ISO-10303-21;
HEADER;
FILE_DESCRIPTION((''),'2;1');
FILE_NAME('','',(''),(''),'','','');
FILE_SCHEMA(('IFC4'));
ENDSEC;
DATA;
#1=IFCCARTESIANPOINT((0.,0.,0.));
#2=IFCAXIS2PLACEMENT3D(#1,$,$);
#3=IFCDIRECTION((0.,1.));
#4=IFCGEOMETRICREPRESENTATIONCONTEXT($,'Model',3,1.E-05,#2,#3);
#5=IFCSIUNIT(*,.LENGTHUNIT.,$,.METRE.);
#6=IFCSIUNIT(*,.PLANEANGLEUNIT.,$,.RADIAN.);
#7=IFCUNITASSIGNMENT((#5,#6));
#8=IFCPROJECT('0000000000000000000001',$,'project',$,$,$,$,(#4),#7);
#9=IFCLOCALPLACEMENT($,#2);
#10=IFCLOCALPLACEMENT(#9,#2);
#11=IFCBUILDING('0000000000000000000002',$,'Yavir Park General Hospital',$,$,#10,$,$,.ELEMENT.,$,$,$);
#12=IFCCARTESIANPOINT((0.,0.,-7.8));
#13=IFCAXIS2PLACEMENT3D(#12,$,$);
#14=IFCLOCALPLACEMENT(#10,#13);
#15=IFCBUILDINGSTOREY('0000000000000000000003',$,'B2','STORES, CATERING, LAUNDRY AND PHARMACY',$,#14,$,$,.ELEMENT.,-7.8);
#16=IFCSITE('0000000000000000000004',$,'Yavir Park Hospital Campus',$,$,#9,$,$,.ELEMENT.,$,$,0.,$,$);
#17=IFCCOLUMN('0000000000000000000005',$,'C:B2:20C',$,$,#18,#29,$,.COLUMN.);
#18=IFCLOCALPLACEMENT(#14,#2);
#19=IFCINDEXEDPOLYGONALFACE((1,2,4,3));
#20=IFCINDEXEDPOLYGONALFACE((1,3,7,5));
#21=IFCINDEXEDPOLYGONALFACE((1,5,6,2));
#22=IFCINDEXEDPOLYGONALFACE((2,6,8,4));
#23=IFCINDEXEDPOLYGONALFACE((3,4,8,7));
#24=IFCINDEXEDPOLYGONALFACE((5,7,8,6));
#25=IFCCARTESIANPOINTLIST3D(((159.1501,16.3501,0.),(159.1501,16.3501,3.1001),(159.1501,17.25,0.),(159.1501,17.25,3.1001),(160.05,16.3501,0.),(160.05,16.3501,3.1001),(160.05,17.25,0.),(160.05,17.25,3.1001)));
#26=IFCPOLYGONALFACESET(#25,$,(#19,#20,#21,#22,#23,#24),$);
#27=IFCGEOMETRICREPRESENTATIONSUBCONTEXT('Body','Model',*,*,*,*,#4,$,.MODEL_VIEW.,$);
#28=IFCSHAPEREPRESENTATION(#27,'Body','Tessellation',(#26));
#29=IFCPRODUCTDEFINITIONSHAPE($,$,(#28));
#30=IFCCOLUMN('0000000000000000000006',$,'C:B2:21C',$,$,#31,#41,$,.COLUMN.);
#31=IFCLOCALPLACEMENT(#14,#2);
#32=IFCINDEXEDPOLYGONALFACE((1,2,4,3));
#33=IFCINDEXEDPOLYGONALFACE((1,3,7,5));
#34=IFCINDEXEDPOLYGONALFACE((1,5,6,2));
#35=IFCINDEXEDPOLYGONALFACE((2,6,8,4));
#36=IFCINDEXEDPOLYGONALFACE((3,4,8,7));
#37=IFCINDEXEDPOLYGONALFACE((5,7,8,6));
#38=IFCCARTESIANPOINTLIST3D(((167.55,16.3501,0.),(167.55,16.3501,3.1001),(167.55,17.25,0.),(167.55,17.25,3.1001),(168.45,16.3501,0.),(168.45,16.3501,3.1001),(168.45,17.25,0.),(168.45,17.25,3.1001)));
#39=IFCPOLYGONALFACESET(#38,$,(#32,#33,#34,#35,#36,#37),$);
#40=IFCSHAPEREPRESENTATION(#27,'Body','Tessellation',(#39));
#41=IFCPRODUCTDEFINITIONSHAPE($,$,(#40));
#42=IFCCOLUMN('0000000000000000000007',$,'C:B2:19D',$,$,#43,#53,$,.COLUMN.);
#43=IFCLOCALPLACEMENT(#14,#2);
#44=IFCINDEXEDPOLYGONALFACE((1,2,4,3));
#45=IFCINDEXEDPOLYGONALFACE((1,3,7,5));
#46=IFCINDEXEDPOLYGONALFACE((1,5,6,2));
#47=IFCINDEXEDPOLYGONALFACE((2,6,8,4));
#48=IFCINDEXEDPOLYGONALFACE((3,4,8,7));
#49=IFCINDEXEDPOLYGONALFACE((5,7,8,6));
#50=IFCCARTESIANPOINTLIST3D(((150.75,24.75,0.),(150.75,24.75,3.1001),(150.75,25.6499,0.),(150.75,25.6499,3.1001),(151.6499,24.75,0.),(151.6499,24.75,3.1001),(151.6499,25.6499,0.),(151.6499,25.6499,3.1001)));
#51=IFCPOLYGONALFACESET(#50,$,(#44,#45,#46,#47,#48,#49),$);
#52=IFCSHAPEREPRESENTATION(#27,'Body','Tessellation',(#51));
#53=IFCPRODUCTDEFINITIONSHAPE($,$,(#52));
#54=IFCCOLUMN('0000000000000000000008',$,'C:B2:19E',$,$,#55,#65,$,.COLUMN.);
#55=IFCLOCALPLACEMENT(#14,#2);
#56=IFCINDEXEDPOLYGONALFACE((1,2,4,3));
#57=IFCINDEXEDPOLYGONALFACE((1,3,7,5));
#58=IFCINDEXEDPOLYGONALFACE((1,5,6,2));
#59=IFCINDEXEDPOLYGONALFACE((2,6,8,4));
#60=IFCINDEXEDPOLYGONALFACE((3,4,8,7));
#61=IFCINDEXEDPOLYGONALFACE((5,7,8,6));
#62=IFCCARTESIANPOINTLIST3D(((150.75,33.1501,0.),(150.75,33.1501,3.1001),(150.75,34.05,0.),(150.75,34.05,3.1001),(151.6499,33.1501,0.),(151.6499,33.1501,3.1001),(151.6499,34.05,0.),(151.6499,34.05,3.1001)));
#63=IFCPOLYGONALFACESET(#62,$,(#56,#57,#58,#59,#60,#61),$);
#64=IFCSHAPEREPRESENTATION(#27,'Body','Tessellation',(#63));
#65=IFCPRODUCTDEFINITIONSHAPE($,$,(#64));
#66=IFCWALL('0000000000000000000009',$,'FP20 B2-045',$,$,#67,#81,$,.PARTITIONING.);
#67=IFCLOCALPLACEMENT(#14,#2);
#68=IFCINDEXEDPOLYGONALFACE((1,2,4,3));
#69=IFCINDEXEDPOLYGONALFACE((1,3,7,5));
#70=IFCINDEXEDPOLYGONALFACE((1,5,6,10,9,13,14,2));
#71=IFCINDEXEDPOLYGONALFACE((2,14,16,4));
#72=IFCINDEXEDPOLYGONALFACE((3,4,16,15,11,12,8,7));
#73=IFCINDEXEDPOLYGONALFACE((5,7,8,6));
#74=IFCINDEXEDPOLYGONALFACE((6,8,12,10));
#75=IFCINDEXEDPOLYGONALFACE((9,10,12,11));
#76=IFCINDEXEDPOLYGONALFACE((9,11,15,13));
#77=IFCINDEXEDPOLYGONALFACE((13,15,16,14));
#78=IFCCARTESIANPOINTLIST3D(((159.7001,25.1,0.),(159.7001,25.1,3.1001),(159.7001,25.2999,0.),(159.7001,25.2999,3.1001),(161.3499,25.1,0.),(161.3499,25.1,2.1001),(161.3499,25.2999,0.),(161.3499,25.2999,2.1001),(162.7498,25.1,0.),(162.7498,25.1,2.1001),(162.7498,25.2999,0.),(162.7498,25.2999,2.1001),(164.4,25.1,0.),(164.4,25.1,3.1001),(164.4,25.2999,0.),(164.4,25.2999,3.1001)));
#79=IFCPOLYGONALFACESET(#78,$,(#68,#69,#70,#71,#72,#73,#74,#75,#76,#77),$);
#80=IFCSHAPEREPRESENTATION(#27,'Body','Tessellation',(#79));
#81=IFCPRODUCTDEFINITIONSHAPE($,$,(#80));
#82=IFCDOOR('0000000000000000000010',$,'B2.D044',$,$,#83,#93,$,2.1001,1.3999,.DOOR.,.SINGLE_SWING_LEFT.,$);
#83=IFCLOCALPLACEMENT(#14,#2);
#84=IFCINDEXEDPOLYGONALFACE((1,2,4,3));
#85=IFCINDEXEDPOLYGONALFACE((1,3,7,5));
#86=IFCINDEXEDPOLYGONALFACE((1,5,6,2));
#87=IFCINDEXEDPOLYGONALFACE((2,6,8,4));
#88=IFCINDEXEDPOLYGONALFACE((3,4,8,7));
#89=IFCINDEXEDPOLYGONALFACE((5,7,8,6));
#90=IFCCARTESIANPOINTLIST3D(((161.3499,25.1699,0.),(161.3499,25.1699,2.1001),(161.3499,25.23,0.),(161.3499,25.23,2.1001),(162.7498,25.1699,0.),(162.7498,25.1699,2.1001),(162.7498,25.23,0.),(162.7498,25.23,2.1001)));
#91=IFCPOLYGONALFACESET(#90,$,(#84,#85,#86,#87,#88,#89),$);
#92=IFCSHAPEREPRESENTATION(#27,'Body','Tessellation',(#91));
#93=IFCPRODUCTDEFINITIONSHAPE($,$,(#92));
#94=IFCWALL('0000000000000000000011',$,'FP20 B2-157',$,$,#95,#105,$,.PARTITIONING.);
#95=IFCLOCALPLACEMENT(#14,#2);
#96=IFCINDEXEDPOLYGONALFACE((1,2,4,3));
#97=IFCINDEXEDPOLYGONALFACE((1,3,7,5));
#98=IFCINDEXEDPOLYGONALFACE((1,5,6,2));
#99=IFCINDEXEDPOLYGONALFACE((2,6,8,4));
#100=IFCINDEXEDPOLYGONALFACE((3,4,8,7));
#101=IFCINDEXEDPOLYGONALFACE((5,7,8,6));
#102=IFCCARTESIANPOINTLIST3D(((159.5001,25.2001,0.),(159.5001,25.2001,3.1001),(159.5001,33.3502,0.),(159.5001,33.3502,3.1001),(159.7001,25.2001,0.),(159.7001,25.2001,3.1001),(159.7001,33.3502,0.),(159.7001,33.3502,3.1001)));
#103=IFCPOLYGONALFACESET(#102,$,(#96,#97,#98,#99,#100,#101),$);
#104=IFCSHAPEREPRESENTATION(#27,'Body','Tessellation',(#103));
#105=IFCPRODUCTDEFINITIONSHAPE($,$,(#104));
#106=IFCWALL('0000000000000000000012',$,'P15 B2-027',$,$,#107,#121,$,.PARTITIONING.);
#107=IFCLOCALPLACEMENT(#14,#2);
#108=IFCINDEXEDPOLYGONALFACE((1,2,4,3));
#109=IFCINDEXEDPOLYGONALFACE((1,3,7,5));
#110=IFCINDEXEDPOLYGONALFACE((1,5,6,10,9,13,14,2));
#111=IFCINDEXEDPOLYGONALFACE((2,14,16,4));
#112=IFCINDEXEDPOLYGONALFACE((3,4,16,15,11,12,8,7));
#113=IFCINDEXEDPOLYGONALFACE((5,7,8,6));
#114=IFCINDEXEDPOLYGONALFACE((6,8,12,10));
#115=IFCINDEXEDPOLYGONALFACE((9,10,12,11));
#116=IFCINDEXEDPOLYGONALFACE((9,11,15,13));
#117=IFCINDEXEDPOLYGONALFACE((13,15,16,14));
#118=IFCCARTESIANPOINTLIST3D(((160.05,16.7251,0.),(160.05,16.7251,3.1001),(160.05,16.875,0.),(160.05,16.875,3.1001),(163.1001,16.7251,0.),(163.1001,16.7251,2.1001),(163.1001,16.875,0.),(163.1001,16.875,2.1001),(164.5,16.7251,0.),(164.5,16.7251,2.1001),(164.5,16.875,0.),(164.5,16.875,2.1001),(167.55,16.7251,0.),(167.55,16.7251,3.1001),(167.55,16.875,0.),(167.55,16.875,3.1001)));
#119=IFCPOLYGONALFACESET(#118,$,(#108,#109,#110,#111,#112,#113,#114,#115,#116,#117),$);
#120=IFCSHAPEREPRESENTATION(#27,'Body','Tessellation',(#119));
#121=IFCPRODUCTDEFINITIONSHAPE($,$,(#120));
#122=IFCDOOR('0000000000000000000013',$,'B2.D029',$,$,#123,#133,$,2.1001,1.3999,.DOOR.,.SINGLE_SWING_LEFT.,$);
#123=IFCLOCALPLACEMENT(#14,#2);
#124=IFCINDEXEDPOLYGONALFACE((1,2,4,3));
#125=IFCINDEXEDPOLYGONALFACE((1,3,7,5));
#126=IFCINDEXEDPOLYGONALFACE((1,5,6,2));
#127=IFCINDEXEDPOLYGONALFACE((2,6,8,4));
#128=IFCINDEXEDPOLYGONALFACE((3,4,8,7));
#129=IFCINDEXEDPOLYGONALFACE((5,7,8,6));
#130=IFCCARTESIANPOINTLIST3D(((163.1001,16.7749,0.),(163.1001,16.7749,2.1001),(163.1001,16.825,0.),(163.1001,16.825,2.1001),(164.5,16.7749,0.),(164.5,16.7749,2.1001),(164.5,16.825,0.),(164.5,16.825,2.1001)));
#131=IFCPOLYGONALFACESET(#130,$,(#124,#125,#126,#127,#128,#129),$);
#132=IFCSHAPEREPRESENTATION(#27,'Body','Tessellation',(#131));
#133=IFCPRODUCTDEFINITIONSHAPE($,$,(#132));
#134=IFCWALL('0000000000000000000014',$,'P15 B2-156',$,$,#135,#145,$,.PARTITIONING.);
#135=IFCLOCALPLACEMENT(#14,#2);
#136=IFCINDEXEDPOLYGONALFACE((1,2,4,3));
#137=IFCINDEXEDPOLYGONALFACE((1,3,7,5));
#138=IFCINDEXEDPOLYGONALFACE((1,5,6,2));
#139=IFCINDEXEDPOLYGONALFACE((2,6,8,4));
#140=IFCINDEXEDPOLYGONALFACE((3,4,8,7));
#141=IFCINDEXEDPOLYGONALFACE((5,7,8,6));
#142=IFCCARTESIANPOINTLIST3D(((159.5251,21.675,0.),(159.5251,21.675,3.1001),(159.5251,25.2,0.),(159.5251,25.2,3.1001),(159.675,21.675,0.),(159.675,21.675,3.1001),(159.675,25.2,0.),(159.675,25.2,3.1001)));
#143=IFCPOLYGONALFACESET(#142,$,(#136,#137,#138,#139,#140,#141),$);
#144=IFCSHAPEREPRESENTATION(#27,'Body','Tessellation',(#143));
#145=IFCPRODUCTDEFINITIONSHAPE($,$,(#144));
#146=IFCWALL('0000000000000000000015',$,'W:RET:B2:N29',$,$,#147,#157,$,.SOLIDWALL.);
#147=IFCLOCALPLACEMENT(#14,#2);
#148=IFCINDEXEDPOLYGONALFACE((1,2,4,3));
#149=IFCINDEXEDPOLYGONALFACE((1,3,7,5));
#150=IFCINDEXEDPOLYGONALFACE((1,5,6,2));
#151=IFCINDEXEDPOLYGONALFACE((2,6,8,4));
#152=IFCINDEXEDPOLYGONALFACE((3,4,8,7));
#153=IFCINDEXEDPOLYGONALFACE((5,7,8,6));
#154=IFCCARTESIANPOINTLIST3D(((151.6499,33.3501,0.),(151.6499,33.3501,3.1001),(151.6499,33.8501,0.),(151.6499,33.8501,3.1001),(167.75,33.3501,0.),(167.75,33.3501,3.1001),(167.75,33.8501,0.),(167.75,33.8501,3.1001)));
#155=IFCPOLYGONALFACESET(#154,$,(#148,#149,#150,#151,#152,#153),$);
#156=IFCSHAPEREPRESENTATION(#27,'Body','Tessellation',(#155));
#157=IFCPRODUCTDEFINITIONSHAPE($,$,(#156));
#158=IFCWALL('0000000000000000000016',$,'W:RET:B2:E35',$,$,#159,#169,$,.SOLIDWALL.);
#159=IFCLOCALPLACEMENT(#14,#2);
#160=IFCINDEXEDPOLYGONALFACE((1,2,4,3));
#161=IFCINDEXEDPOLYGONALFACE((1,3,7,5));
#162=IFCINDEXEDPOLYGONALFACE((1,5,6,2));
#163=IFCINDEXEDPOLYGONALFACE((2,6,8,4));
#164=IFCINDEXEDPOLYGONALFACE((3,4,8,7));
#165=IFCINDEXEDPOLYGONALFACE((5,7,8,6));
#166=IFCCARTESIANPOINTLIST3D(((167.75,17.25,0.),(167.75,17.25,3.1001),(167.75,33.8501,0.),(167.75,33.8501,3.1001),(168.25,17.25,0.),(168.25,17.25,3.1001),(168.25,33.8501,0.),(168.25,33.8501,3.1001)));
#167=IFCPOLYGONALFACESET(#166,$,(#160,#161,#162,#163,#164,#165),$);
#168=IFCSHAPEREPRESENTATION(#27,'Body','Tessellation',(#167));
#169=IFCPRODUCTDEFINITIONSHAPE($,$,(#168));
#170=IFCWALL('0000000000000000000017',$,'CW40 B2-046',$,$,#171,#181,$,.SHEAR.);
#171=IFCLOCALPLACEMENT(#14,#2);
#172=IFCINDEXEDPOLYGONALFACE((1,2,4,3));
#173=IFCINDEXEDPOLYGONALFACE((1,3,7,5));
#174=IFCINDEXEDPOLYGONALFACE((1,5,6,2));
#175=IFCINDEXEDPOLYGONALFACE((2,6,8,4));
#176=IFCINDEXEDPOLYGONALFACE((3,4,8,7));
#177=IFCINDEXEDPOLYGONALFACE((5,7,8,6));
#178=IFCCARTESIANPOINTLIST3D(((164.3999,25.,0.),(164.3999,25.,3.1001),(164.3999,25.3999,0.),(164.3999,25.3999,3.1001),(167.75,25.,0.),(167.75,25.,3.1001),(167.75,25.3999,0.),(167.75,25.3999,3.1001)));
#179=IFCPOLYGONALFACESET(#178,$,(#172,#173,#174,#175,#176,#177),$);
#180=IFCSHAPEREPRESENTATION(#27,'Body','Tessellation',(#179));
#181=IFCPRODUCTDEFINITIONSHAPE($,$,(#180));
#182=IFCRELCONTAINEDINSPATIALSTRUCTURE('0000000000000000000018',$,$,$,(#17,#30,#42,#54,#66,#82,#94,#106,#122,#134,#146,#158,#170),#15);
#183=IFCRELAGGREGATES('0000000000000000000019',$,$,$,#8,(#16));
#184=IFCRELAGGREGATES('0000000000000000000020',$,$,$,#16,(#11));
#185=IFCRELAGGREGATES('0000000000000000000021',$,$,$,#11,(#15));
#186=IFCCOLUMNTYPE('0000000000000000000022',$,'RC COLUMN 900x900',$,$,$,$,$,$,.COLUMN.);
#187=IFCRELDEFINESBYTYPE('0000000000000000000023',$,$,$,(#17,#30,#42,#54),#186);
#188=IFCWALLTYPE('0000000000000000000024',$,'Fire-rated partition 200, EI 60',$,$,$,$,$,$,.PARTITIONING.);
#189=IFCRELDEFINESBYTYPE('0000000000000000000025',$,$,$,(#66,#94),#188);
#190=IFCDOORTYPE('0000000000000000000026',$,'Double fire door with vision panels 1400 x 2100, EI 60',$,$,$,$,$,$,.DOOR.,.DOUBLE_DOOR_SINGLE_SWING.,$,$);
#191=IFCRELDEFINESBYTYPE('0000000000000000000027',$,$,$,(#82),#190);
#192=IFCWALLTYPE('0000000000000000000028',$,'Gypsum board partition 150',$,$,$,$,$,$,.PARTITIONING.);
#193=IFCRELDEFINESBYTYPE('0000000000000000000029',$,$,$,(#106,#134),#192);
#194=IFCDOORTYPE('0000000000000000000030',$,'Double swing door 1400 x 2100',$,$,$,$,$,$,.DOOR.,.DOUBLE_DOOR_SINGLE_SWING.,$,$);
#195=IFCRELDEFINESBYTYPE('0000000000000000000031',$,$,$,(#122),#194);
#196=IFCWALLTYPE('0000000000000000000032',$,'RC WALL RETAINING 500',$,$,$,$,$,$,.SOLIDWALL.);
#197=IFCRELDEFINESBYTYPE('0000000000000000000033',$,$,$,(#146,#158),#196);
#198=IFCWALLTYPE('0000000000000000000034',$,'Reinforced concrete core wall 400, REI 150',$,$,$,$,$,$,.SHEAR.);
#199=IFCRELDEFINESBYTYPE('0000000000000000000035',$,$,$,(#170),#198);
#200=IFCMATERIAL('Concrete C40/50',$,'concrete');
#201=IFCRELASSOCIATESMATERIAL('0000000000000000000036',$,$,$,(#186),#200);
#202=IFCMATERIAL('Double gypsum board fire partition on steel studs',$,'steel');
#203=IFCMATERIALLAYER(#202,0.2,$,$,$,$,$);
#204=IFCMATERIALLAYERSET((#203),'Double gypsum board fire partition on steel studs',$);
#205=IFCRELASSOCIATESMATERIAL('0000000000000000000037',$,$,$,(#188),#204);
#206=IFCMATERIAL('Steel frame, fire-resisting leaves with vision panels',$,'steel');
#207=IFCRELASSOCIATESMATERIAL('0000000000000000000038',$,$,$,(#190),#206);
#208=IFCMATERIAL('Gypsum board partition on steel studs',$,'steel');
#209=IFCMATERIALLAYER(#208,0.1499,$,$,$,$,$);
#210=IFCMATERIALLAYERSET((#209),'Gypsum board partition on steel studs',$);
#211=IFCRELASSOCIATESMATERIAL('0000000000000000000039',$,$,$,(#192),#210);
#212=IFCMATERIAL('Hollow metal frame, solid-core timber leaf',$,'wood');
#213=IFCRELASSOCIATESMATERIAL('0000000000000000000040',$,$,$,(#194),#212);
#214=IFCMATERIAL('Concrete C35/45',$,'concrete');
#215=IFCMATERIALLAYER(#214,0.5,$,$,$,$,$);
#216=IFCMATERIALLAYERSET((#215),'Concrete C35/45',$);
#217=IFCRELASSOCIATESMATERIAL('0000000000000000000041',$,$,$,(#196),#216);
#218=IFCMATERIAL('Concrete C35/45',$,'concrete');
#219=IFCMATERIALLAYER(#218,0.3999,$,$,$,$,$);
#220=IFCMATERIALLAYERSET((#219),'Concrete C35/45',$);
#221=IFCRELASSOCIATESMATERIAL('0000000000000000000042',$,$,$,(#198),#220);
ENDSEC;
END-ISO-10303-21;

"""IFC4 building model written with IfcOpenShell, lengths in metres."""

from ifc_helpers import new_model, si_unit, direction, frame, frame_2d, origin, origin_2d, place, context, subcontext, project, spatial, rectangle, extrude, material, layer, layer_set, material_profile, profile_set, type_object, element, fill, save


model = new_model("IFC4")

# Units and contexts
model_context = context("Model", 3, precision=1e-05, world=origin(), true_north=direction((0.0, 1.0)))
body_context = subcontext(model_context, "Body", "Model", "MODEL_VIEW")
ifc_project = project(units=[si_unit("LENGTHUNIT", "METRE"), si_unit("PLANEANGLEUNIT", "RADIAN")], contexts=[model_context])

# Site, building, storey
site_placement = place(None, origin())
site = spatial("IfcSite", under=ifc_project, at=site_placement, Name="Yavir Park Hospital Campus", CompositionType="ELEMENT", RefElevation=0.0)
building_placement = place(site_placement, origin())
building = spatial("IfcBuilding", under=site, at=building_placement, Name="Yavir Park General Hospital", CompositionType="ELEMENT")
storey_placement = place(building_placement, frame((0.0, 0.0, -7.8)))
storey = spatial("IfcBuildingStorey", under=building, at=storey_placement, Name="B2", Description="STORES, CATERING, LAUNDRY AND PHARMACY", CompositionType="ELEMENT", Elevation=-7.8)

# Columns
ifc_material_1 = material(Name="Concrete C40/50", Category="concrete")
ifc_material_profile = material_profile(ifc_material_1, rectangle(XDim=0.8999, YDim=0.8999, at=origin_2d()), Name="RC900x900")
ifc_profile_set = profile_set([ifc_material_profile], Name="Concrete C40/50")
column_type = type_object("IfcColumnType", Name="RC COLUMN 900x900", PredefinedType="COLUMN", material=ifc_profile_set)
for number, where, z_axis, x_axis, name in (
    (1, (159.6001, 16.8, 0.0), (0.0, 0.0, 1.0), (1.0, 0.0, 0.0), "C:B2:20C"),
    (2, (168.0, 16.8, 0.0), (0.0, 0.0, 1.0), (1.0, 0.0, 0.0), "C:B2:21C"),
    (3, (151.2, 25.2, 0.0), (0.0, 0.0, 1.0), (1.0, 0.0, 0.0), "C:B2:19D"),
    (4, (151.2, 33.6001, 0.0), (0.0, 0.0, 1.0), (1.0, 0.0, 0.0), "C:B2:19E"),
):
    element("IfcColumn", number, at=place(storey_placement, frame(where, z_axis=z_axis, x_axis=x_axis)), inside=storey, type_object=column_type, Name=name, PredefinedType="COLUMN", context=body_context, shape_type="SweptSolid", body=[
        extrude(rectangle(XDim=0.8999, YDim=0.8999, at=origin_2d()), origin(), (0.0, 0.0, 1.0), 3.1001),
    ])

# Wall, opening, door
ifc_material_2 = material(Name="Double gypsum board fire partition on steel studs", Category="steel")
ifc_layer_1 = layer(ifc_material_2, 0.2)
ifc_layer_set_1 = layer_set([ifc_layer_1], Name="Double gypsum board fire partition on steel studs")
wall_type_1 = type_object("IfcWallType", Name="Fire-rated partition 200, EI 60", PredefinedType="PARTITIONING", material=ifc_layer_set_1)
wall_1_placement = place(storey_placement, frame((159.7, 25.2, 0.0), z_axis=(0.0, 0.0, 1.0), x_axis=(1.0, 0.0, 0.0)))
wall_1 = element("IfcWall", 5, at=wall_1_placement, inside=storey, type_object=wall_type_1, Name="FP20 B2-045", PredefinedType="PARTITIONING", context=body_context, shape_type="SweptSolid", body=[
    extrude(rectangle(XDim=4.7, YDim=0.2, at=frame_2d((2.3501, 0.0))), origin(), (0.0, 0.0, 1.0), 3.1001),
])
opening_1_placement = place(wall_1_placement, frame((1.6499, 0.0, 0.0)))
opening_1 = element("IfcOpeningElement", 6, at=opening_1_placement, cuts=wall_1, PredefinedType="OPENING", context=body_context, shape_type="SweptSolid", body=[
    extrude(rectangle(XDim=1.3999, YDim=2.1001, at=frame_2d((0.7, 1.05))), frame((0.0, 0.1099, 0.0), z_axis=(0.0, -1.0, 0.0), x_axis=(1.0, 0.0, 0.0)), (0.0, 0.0, 1.0), 0.22),
])
ifc_material_3 = material(Name="Steel frame, fire-resisting leaves with vision panels", Category="steel")
door_type_1 = type_object("IfcDoorType", Name="Double fire door with vision panels 1400 x 2100, EI 60", OperationType="DOUBLE_DOOR_SINGLE_SWING", PredefinedType="DOOR", material=ifc_material_3)
door_1_placement = place(opening_1_placement, origin())
door_1 = element("IfcDoor", 7, at=door_1_placement, inside=storey, type_object=door_type_1, Name="B2.D044", OperationType="SINGLE_SWING_LEFT", OverallHeight=2.1001, OverallWidth=1.3999, PredefinedType="DOOR", context=body_context, shape_type="SweptSolid", body=[
    extrude(rectangle(XDim=1.3999, YDim=2.1001, at=frame_2d((0.7, 1.05))), frame((0.0, 0.03, 0.0), z_axis=(0.0, -1.0, 0.0), x_axis=(1.0, 0.0, 0.0)), (0.0, 0.0, 1.0), 0.0601),
])
fill(opening_1, door_1)

# Wall
wall_2_placement = place(storey_placement, frame((159.6001, 25.2, 0.0), z_axis=(0.0, 0.0, 1.0), x_axis=(0.0, 1.0, 0.0)))
element("IfcWall", 8, at=wall_2_placement, inside=storey, type_object=wall_type_1, Name="FP20 B2-157", PredefinedType="PARTITIONING", context=body_context, shape_type="SweptSolid", body=[
    extrude(rectangle(XDim=8.1501, YDim=0.2, at=frame_2d((4.0752, 0.0))), origin(), (0.0, 0.0, 1.0), 3.1001),
])

# Wall, opening, door
ifc_material_4 = material(Name="Gypsum board partition on steel studs", Category="steel")
ifc_layer_2 = layer(ifc_material_4, 0.1499)
ifc_layer_set_2 = layer_set([ifc_layer_2], Name="Gypsum board partition on steel studs")
wall_type_2 = type_object("IfcWallType", Name="Gypsum board partition 150", PredefinedType="PARTITIONING", material=ifc_layer_set_2)
wall_3_placement = place(storey_placement, frame((160.05, 16.8, 0.0), z_axis=(0.0, 0.0, 1.0), x_axis=(1.0, 0.0, 0.0)))
wall_3 = element("IfcWall", 9, at=wall_3_placement, inside=storey, type_object=wall_type_2, Name="P15 B2-027", PredefinedType="PARTITIONING", context=body_context, shape_type="SweptSolid", body=[
    extrude(rectangle(XDim=7.5, YDim=0.1499, at=frame_2d((3.75, 0.0))), origin(), (0.0, 0.0, 1.0), 3.1001),
])
opening_2_placement = place(wall_3_placement, frame((3.05, 0.0, 0.0)))
opening_2 = element("IfcOpeningElement", 10, at=opening_2_placement, cuts=wall_3, PredefinedType="OPENING", context=body_context, shape_type="SweptSolid", body=[
    extrude(rectangle(XDim=1.3999, YDim=2.1001, at=frame_2d((0.7, 1.05))), frame((0.0, 0.085, 0.0), z_axis=(0.0, -1.0, 0.0), x_axis=(1.0, 0.0, 0.0)), (0.0, 0.0, 1.0), 0.1699),
])
ifc_material_5 = material(Name="Hollow metal frame, solid-core timber leaf", Category="wood")
door_type_2 = type_object("IfcDoorType", Name="Double swing door 1400 x 2100", OperationType="DOUBLE_DOOR_SINGLE_SWING", PredefinedType="DOOR", material=ifc_material_5)
door_2_placement = place(opening_2_placement, origin())
door_2 = element("IfcDoor", 11, at=door_2_placement, inside=storey, type_object=door_type_2, Name="B2.D029", OperationType="SINGLE_SWING_LEFT", OverallHeight=2.1001, OverallWidth=1.3999, PredefinedType="DOOR", context=body_context, shape_type="SweptSolid", body=[
    extrude(rectangle(XDim=1.3999, YDim=2.1001, at=frame_2d((0.7, 1.05))), frame((0.0, 0.0249, 0.0), z_axis=(0.0, -1.0, 0.0), x_axis=(1.0, 0.0, 0.0)), (0.0, 0.0, 1.0), 0.05),
])
fill(opening_2, door_2)

# Walls
wall_4_placement = place(storey_placement, frame((159.6001, 21.675, 0.0), z_axis=(0.0, 0.0, 1.0), x_axis=(0.0, 1.0, 0.0)))
element("IfcWall", 12, at=wall_4_placement, inside=storey, type_object=wall_type_2, Name="P15 B2-156", PredefinedType="PARTITIONING", context=body_context, shape_type="SweptSolid", body=[
    extrude(rectangle(XDim=3.5249, YDim=0.1499, at=frame_2d((1.7625, 0.0))), origin(), (0.0, 0.0, 1.0), 3.1001),
])
ifc_material_6 = material(Name="Concrete C35/45", Category="concrete")
ifc_layer_3 = layer(ifc_material_6, 0.5)
ifc_layer_set_3 = layer_set([ifc_layer_3], Name="Concrete C35/45")
wall_type_3 = type_object("IfcWallType", Name="RC WALL RETAINING 500", PredefinedType="SOLIDWALL", material=ifc_layer_set_3)
wall_5_placement = place(storey_placement, frame((151.6499, 33.6001, 0.0), z_axis=(0.0, 0.0, 1.0), x_axis=(1.0, 0.0, 0.0)))
element("IfcWall", 13, at=wall_5_placement, inside=storey, type_object=wall_type_3, Name="W:RET:B2:N29", PredefinedType="SOLIDWALL", context=body_context, shape_type="SweptSolid", body=[
    extrude(rectangle(XDim=16.1001, YDim=0.5, at=frame_2d((8.05, 0.0))), origin(), (0.0, 0.0, 1.0), 3.1001),
])
wall_6_placement = place(storey_placement, frame((168.0, 17.25, 0.0), z_axis=(0.0, 0.0, 1.0), x_axis=(0.0, 1.0, 0.0)))
element("IfcWall", 14, at=wall_6_placement, inside=storey, type_object=wall_type_3, Name="W:RET:B2:E35", PredefinedType="SOLIDWALL", context=body_context, shape_type="SweptSolid", body=[
    extrude(rectangle(XDim=16.6001, YDim=0.5, at=frame_2d((8.3, 0.0))), origin(), (0.0, 0.0, 1.0), 3.1001),
])
ifc_material_7 = material(Name="Concrete C35/45", Category="concrete")
ifc_layer_4 = layer(ifc_material_7, 0.3999)
ifc_layer_set_4 = layer_set([ifc_layer_4], Name="Concrete C35/45")
wall_type_4 = type_object("IfcWallType", Name="Reinforced concrete core wall 400, REI 150", PredefinedType="SHEAR", material=ifc_layer_set_4)
wall_7_placement = place(storey_placement, frame((164.3999, 25.2, 0.0), z_axis=(0.0, 0.0, 1.0), x_axis=(1.0, 0.0, 0.0)))
element("IfcWall", 15, at=wall_7_placement, inside=storey, type_object=wall_type_4, Name="CW40 B2-046", PredefinedType="SHEAR", context=body_context, shape_type="SweptSolid", body=[
    extrude(rectangle(XDim=3.3501, YDim=0.3999, at=frame_2d((1.675, 0.0))), origin(), (0.0, 0.0, 1.0), 3.1001),
])

save(model, "model.ifc")
